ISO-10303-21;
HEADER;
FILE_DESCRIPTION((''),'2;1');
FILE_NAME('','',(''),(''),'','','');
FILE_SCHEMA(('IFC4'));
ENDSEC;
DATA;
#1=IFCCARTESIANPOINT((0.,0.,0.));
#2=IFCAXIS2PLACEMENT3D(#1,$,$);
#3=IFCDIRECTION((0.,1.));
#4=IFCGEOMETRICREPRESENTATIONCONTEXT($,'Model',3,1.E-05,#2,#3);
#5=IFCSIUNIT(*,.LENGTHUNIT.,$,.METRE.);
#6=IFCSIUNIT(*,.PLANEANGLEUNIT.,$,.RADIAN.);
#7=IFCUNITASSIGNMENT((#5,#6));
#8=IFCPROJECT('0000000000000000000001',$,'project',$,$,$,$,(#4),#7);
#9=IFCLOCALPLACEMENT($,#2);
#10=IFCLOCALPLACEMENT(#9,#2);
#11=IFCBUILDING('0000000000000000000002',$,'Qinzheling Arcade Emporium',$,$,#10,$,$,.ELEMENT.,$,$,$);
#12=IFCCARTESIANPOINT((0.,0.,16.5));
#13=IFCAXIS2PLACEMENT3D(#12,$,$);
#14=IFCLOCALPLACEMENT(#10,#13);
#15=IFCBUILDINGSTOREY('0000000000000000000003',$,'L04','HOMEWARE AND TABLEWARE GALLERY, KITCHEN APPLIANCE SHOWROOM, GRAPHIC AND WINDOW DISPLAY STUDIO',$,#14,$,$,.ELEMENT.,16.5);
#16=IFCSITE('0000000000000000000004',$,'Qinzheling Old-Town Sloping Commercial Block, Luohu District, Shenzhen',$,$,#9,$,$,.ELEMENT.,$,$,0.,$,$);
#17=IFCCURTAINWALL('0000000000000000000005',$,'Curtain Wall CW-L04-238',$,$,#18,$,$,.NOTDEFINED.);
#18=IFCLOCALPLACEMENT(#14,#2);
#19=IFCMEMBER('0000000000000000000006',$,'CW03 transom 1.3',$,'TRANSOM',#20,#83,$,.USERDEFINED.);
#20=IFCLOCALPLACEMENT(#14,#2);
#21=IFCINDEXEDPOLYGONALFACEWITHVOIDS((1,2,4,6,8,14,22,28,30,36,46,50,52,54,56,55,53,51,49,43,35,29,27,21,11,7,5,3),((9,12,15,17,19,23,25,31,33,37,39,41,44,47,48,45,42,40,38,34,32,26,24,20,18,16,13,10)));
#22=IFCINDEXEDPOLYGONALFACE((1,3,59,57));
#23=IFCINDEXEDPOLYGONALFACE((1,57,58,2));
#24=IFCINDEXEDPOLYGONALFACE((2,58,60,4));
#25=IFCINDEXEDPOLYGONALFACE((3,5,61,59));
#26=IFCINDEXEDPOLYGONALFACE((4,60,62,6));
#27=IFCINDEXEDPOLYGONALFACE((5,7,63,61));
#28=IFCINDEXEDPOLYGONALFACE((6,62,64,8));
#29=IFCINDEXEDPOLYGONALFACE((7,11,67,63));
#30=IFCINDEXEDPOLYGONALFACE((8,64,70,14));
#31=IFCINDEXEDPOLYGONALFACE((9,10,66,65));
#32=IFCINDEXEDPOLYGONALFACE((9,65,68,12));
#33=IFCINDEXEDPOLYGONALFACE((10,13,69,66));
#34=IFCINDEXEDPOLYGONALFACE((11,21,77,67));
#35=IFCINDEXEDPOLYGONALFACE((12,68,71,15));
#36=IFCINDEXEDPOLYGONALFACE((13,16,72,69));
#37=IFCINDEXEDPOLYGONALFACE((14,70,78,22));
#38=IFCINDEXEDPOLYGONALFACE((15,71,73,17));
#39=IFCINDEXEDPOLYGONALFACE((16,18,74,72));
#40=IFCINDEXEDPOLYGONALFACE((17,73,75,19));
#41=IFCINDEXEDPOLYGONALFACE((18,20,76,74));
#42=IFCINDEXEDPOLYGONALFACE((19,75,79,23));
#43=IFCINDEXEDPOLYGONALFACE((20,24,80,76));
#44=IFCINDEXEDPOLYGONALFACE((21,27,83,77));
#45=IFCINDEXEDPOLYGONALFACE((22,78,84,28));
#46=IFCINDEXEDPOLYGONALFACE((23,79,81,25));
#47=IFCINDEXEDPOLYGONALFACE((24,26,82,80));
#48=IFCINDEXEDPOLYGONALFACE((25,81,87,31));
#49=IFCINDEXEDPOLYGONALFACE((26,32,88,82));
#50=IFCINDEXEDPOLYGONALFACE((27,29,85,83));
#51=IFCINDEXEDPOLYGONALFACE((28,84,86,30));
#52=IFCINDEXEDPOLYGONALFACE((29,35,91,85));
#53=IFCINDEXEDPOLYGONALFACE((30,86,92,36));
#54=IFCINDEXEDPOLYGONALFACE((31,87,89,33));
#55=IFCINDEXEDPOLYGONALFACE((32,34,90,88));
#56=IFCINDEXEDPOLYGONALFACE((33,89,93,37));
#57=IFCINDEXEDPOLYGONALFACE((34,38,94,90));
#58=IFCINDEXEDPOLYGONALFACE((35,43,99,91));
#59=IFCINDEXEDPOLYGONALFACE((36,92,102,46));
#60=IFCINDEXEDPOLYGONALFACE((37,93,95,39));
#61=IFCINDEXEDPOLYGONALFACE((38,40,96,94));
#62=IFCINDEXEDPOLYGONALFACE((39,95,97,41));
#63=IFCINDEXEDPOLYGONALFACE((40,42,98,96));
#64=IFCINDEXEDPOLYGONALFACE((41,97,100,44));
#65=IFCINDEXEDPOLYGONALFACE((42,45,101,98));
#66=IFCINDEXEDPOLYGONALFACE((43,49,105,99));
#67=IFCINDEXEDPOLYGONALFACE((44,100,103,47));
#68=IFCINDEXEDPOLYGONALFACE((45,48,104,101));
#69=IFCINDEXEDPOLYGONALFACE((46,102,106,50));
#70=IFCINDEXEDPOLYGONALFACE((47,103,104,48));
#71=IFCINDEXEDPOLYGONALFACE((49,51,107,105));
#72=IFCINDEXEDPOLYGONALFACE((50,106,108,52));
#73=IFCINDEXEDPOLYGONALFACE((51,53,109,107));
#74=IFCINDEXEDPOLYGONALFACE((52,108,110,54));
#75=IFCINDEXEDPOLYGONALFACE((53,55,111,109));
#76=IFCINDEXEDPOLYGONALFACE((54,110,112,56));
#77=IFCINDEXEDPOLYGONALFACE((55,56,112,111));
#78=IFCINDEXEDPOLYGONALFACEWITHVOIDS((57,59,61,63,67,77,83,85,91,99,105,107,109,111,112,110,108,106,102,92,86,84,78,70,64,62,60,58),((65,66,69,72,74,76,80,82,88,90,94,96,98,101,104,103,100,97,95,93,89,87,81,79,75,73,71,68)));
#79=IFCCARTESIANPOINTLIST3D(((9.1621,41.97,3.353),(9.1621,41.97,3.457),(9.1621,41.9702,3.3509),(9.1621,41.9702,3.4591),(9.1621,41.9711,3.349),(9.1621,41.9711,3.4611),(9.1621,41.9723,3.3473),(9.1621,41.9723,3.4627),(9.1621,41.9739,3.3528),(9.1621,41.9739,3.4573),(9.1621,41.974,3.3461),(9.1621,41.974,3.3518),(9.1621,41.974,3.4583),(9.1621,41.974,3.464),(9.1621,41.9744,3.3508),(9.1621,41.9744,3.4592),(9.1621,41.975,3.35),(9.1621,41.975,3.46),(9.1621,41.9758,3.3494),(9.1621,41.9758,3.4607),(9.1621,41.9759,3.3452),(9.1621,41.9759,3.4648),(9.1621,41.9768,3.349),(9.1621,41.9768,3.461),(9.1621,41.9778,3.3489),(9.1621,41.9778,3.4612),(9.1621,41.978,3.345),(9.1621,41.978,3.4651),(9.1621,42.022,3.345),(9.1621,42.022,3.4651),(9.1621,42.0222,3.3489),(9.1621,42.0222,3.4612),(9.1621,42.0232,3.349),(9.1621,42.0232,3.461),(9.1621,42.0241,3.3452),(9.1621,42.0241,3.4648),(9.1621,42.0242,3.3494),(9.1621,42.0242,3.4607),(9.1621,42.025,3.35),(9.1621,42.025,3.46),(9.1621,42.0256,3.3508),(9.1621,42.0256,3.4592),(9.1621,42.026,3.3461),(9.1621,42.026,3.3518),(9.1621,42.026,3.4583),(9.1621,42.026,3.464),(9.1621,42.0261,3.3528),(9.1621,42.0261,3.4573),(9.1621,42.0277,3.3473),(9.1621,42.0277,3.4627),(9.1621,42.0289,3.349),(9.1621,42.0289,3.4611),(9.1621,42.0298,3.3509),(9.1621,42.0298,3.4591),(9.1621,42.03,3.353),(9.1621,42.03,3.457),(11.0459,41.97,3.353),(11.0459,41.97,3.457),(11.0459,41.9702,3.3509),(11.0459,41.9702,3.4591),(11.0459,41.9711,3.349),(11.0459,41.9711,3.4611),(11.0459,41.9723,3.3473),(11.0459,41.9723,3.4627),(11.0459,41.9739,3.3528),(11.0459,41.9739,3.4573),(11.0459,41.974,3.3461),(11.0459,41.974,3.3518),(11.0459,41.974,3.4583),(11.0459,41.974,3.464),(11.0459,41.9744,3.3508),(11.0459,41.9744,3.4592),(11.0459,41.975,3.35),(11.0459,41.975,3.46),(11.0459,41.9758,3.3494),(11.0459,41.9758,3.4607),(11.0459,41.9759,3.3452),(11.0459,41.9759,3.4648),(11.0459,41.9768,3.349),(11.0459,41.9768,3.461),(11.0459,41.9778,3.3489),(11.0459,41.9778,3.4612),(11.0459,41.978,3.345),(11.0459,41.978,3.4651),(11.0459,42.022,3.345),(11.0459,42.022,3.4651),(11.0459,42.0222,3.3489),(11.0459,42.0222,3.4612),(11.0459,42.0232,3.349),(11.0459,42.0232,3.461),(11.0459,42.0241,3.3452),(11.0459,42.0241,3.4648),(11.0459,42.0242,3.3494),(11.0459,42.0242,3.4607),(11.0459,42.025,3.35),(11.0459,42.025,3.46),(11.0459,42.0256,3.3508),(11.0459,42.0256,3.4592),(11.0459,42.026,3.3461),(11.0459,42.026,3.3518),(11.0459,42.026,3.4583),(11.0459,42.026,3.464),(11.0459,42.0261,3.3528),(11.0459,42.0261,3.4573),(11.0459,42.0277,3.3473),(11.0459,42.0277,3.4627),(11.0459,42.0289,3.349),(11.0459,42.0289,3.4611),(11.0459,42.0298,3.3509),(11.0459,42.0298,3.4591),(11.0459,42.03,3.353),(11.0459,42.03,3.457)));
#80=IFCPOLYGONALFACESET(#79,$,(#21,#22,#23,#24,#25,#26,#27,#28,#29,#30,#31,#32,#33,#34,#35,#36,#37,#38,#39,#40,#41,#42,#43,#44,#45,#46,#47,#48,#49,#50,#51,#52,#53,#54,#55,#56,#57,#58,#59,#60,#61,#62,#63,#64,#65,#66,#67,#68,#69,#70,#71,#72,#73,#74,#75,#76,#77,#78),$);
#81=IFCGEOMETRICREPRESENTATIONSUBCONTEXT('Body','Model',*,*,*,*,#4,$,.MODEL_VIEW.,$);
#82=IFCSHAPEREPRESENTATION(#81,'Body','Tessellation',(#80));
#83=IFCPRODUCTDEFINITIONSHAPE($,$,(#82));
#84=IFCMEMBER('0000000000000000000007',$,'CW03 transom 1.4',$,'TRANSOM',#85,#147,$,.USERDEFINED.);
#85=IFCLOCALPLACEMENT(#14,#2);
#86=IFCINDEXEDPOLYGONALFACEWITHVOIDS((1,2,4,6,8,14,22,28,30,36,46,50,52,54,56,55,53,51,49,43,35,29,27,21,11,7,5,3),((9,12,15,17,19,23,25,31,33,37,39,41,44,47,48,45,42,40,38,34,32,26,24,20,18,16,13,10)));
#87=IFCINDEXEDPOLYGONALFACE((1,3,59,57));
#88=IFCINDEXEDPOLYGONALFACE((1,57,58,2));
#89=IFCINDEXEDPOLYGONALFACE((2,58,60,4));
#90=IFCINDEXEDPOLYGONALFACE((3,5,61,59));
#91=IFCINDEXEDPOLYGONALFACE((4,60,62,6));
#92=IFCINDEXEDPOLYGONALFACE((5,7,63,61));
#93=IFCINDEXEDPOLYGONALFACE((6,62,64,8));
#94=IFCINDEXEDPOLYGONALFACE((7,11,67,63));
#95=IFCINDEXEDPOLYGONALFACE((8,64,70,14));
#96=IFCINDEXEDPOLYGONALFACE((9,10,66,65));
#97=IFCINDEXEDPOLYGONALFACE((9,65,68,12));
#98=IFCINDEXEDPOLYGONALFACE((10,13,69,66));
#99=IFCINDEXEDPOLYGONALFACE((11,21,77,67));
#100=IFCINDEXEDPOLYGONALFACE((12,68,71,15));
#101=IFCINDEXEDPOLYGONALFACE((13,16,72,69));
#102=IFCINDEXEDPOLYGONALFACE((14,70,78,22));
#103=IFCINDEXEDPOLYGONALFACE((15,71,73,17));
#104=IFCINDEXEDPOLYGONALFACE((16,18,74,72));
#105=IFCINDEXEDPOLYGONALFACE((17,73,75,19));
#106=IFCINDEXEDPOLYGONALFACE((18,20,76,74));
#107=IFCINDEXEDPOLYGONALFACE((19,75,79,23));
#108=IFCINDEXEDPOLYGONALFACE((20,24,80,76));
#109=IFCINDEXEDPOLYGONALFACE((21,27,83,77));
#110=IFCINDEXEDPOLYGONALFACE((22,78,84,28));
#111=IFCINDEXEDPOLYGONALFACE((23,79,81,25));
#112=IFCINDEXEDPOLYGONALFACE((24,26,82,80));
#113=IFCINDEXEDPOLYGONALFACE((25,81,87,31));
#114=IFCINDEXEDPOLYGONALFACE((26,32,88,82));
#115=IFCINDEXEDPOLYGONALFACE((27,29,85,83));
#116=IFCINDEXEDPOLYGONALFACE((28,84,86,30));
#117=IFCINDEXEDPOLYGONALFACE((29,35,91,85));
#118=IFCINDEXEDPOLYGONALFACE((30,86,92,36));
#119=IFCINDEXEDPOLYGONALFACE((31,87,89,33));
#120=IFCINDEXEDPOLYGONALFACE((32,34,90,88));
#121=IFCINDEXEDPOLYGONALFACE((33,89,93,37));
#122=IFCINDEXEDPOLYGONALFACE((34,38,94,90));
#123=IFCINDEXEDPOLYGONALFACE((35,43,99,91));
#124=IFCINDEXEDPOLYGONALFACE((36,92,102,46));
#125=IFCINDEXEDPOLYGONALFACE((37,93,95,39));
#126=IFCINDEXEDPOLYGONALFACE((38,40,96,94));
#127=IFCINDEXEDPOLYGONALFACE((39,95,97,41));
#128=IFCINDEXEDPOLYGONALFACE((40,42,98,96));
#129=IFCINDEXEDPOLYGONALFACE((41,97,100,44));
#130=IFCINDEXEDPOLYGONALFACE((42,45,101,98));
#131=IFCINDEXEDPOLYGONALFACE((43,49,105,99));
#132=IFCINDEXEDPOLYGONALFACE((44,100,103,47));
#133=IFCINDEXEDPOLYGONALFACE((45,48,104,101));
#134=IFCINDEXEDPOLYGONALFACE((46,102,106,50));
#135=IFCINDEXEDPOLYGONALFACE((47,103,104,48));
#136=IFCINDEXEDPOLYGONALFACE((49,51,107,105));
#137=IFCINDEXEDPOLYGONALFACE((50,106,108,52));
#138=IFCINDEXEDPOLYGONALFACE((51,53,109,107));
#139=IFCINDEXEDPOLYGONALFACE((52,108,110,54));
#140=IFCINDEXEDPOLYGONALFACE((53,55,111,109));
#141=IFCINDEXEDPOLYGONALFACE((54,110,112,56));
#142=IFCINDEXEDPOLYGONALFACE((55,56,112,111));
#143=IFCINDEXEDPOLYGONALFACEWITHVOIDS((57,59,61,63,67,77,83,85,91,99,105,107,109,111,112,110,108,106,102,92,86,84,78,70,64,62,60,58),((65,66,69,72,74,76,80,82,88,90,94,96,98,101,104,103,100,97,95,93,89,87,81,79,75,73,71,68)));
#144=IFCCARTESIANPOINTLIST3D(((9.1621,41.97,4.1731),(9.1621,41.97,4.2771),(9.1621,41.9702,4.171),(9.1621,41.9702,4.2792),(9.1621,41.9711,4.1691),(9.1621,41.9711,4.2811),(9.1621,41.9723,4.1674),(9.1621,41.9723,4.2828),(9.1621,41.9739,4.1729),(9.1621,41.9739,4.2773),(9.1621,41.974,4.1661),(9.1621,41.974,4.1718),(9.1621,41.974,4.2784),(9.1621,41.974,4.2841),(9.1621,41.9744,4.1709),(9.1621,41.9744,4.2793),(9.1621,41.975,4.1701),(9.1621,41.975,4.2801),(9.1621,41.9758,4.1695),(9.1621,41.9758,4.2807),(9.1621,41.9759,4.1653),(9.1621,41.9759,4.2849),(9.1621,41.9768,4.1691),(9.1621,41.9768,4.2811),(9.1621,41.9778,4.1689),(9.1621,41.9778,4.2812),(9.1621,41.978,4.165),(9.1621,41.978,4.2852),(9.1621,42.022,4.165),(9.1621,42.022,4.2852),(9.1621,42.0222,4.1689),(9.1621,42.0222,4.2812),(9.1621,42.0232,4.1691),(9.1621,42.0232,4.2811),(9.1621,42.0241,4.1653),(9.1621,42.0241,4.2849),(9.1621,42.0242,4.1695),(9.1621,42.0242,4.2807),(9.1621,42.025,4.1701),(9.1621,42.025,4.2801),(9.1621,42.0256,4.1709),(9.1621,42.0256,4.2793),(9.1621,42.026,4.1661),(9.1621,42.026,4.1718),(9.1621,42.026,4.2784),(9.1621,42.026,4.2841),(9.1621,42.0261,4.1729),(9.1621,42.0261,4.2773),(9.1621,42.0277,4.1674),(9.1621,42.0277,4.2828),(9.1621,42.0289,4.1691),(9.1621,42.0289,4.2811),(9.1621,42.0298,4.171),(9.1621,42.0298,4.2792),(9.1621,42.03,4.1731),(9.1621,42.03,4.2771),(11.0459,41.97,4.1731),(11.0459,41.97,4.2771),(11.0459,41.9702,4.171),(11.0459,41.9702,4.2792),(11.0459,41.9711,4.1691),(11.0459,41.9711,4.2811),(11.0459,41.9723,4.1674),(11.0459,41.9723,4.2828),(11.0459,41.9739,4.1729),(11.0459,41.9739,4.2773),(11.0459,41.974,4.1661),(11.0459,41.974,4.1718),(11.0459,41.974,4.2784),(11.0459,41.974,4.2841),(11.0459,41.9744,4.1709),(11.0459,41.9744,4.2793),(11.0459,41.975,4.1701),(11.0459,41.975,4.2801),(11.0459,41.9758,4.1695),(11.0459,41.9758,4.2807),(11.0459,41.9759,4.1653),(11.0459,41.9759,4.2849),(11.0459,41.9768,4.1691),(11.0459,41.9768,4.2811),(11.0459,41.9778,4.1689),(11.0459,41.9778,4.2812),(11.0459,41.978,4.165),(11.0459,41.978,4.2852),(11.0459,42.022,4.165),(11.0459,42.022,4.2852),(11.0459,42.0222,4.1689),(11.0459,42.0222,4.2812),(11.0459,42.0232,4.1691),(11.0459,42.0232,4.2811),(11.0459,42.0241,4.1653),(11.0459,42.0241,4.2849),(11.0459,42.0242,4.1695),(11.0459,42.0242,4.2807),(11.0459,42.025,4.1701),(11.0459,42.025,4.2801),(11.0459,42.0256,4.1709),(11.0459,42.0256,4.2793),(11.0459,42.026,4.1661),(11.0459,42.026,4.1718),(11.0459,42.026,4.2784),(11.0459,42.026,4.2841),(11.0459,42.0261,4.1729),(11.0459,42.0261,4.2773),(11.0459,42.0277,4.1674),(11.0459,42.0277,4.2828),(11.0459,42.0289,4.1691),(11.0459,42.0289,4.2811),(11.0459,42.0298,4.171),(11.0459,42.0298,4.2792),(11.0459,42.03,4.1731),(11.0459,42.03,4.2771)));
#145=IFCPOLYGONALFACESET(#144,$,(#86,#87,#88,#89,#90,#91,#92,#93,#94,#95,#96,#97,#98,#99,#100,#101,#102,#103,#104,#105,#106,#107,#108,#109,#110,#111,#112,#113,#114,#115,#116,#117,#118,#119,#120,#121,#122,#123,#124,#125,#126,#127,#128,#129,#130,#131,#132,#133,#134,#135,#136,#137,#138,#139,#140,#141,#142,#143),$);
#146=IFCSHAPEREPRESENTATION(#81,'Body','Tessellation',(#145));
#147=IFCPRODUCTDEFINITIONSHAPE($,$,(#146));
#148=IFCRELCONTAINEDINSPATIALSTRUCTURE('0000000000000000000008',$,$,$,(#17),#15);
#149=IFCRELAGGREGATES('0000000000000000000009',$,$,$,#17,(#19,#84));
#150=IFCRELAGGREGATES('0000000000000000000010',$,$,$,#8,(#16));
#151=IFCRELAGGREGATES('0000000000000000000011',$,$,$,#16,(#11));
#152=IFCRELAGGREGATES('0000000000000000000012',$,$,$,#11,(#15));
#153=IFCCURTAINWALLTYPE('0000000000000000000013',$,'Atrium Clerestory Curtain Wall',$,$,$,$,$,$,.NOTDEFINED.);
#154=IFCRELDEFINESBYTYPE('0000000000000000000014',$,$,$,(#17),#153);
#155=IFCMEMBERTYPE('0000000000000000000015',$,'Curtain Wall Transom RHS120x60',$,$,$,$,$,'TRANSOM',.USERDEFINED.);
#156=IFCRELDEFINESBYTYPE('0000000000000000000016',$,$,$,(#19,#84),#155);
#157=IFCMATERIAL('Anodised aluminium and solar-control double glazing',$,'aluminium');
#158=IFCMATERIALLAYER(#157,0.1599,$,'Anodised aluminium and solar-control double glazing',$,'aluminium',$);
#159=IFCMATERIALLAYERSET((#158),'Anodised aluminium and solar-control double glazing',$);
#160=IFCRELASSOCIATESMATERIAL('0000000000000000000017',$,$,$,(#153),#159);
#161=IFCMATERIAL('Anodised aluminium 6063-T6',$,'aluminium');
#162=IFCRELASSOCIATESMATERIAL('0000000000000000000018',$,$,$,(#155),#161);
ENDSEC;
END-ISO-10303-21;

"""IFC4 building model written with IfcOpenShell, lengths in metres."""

from ifc_helpers import new_model, si_unit, direction, frame, origin, origin_2d, place, context, subcontext, project, spatial, hollow_rectangle, extrude, material, layer, layer_set, material_profile, profile_set, type_object, element, aggregate, save


model = new_model("IFC4")

# Units and contexts
model_context = context("Model", 3, precision=1e-05, world=origin(), true_north=direction((0.0, 1.0)))
body_context = subcontext(model_context, "Body", "Model", "MODEL_VIEW")
ifc_project = project(units=[si_unit("LENGTHUNIT", "METRE"), si_unit("PLANEANGLEUNIT", "RADIAN")], contexts=[model_context])

# Site, building, storey
site_placement = place(None, origin())
site = spatial("IfcSite", under=ifc_project, at=site_placement, Name="Qinzheling Old-Town Sloping Commercial Block, Luohu District, Shenzhen", CompositionType="ELEMENT", RefElevation=0.0)
building_placement = place(site_placement, origin())
building = spatial("IfcBuilding", under=site, at=building_placement, Name="Qinzheling Arcade Emporium", CompositionType="ELEMENT")
storey_placement = place(building_placement, frame((0.0, 0.0, 16.5)))
storey = spatial("IfcBuildingStorey", under=building, at=storey_placement, Name="L04", Description="HOMEWARE AND TABLEWARE GALLERY, KITCHEN APPLIANCE SHOWROOM, GRAPHIC AND WINDOW DISPLAY STUDIO", CompositionType="ELEMENT", Elevation=16.5)

# Curtain wall, members
ifc_material_1 = material(Name="Anodised aluminium and solar-control double glazing", Category="aluminium")
ifc_layer_1 = layer(ifc_material_1, 0.1599, Name="Anodised aluminium and solar-control double glazing", Category="aluminium")
ifc_layer_set_1 = layer_set([ifc_layer_1], Name="Anodised aluminium and solar-control double glazing")
curtain_wall_type = type_object("IfcCurtainWallType", Name="Atrium Clerestory Curtain Wall", PredefinedType="NOTDEFINED", material=ifc_layer_set_1)
curtain_wall_placement = place(storey_placement, origin())
curtain_wall = element("IfcCurtainWall", 1, at=curtain_wall_placement, inside=storey, type_object=curtain_wall_type, Name="Curtain Wall CW-L04-238", PredefinedType="NOTDEFINED")
ifc_material_2 = material(Name="Anodised aluminium 6063-T6", Category="aluminium")
ifc_material_profile_1 = material_profile(ifc_material_2, hollow_rectangle(XDim=0.0601, YDim=0.1201, WallThickness=0.0039, InnerFilletRadius=0.0039, OuterFilletRadius=0.0081, at=origin_2d()), Name="RHS 120x60x4", Category="aluminium")
ifc_profile_set_1 = profile_set([ifc_material_profile_1], Name="Anodised aluminium 6063-T6")
member_type_1 = type_object("IfcMemberType", Name="Curtain Wall Transom RHS120x60", ElementType="TRANSOM", PredefinedType="USERDEFINED", material=ifc_profile_set_1)
member_1_placement = place(storey_placement, frame((9.1621, 42.0, 3.405), z_axis=(1.0, 0.0, 0.0), x_axis=(0.0, 1.0, 0.0)))
member_1 = element("IfcMember", 2, at=member_1_placement, type_object=member_type_1, Name="CW03 transom 1.3", ObjectType="TRANSOM", PredefinedType="USERDEFINED", context=body_context, shape_type="SweptSolid", body=[
    extrude(hollow_rectangle(XDim=0.0601, YDim=0.1201, WallThickness=0.0039, InnerFilletRadius=0.0039, OuterFilletRadius=0.0081, at=origin_2d()), origin(), (0.0, 0.0, 1.0), 1.8838),
])
member_2_placement = place(storey_placement, frame((9.1621, 42.0, 4.2251), z_axis=(1.0, 0.0, 0.0), x_axis=(0.0, 1.0, 0.0)))
member_2 = element("IfcMember", 3, at=member_2_placement, type_object=member_type_1, Name="CW03 transom 1.4", ObjectType="TRANSOM", PredefinedType="USERDEFINED", context=body_context, shape_type="SweptSolid", body=[
    extrude(hollow_rectangle(XDim=0.0601, YDim=0.1201, WallThickness=0.0039, InnerFilletRadius=0.0039, OuterFilletRadius=0.0081, at=origin_2d()), origin(), (0.0, 0.0, 1.0), 1.8838),
])
aggregate(curtain_wall, [member_1, member_2])

save(model, "model.ifc")
